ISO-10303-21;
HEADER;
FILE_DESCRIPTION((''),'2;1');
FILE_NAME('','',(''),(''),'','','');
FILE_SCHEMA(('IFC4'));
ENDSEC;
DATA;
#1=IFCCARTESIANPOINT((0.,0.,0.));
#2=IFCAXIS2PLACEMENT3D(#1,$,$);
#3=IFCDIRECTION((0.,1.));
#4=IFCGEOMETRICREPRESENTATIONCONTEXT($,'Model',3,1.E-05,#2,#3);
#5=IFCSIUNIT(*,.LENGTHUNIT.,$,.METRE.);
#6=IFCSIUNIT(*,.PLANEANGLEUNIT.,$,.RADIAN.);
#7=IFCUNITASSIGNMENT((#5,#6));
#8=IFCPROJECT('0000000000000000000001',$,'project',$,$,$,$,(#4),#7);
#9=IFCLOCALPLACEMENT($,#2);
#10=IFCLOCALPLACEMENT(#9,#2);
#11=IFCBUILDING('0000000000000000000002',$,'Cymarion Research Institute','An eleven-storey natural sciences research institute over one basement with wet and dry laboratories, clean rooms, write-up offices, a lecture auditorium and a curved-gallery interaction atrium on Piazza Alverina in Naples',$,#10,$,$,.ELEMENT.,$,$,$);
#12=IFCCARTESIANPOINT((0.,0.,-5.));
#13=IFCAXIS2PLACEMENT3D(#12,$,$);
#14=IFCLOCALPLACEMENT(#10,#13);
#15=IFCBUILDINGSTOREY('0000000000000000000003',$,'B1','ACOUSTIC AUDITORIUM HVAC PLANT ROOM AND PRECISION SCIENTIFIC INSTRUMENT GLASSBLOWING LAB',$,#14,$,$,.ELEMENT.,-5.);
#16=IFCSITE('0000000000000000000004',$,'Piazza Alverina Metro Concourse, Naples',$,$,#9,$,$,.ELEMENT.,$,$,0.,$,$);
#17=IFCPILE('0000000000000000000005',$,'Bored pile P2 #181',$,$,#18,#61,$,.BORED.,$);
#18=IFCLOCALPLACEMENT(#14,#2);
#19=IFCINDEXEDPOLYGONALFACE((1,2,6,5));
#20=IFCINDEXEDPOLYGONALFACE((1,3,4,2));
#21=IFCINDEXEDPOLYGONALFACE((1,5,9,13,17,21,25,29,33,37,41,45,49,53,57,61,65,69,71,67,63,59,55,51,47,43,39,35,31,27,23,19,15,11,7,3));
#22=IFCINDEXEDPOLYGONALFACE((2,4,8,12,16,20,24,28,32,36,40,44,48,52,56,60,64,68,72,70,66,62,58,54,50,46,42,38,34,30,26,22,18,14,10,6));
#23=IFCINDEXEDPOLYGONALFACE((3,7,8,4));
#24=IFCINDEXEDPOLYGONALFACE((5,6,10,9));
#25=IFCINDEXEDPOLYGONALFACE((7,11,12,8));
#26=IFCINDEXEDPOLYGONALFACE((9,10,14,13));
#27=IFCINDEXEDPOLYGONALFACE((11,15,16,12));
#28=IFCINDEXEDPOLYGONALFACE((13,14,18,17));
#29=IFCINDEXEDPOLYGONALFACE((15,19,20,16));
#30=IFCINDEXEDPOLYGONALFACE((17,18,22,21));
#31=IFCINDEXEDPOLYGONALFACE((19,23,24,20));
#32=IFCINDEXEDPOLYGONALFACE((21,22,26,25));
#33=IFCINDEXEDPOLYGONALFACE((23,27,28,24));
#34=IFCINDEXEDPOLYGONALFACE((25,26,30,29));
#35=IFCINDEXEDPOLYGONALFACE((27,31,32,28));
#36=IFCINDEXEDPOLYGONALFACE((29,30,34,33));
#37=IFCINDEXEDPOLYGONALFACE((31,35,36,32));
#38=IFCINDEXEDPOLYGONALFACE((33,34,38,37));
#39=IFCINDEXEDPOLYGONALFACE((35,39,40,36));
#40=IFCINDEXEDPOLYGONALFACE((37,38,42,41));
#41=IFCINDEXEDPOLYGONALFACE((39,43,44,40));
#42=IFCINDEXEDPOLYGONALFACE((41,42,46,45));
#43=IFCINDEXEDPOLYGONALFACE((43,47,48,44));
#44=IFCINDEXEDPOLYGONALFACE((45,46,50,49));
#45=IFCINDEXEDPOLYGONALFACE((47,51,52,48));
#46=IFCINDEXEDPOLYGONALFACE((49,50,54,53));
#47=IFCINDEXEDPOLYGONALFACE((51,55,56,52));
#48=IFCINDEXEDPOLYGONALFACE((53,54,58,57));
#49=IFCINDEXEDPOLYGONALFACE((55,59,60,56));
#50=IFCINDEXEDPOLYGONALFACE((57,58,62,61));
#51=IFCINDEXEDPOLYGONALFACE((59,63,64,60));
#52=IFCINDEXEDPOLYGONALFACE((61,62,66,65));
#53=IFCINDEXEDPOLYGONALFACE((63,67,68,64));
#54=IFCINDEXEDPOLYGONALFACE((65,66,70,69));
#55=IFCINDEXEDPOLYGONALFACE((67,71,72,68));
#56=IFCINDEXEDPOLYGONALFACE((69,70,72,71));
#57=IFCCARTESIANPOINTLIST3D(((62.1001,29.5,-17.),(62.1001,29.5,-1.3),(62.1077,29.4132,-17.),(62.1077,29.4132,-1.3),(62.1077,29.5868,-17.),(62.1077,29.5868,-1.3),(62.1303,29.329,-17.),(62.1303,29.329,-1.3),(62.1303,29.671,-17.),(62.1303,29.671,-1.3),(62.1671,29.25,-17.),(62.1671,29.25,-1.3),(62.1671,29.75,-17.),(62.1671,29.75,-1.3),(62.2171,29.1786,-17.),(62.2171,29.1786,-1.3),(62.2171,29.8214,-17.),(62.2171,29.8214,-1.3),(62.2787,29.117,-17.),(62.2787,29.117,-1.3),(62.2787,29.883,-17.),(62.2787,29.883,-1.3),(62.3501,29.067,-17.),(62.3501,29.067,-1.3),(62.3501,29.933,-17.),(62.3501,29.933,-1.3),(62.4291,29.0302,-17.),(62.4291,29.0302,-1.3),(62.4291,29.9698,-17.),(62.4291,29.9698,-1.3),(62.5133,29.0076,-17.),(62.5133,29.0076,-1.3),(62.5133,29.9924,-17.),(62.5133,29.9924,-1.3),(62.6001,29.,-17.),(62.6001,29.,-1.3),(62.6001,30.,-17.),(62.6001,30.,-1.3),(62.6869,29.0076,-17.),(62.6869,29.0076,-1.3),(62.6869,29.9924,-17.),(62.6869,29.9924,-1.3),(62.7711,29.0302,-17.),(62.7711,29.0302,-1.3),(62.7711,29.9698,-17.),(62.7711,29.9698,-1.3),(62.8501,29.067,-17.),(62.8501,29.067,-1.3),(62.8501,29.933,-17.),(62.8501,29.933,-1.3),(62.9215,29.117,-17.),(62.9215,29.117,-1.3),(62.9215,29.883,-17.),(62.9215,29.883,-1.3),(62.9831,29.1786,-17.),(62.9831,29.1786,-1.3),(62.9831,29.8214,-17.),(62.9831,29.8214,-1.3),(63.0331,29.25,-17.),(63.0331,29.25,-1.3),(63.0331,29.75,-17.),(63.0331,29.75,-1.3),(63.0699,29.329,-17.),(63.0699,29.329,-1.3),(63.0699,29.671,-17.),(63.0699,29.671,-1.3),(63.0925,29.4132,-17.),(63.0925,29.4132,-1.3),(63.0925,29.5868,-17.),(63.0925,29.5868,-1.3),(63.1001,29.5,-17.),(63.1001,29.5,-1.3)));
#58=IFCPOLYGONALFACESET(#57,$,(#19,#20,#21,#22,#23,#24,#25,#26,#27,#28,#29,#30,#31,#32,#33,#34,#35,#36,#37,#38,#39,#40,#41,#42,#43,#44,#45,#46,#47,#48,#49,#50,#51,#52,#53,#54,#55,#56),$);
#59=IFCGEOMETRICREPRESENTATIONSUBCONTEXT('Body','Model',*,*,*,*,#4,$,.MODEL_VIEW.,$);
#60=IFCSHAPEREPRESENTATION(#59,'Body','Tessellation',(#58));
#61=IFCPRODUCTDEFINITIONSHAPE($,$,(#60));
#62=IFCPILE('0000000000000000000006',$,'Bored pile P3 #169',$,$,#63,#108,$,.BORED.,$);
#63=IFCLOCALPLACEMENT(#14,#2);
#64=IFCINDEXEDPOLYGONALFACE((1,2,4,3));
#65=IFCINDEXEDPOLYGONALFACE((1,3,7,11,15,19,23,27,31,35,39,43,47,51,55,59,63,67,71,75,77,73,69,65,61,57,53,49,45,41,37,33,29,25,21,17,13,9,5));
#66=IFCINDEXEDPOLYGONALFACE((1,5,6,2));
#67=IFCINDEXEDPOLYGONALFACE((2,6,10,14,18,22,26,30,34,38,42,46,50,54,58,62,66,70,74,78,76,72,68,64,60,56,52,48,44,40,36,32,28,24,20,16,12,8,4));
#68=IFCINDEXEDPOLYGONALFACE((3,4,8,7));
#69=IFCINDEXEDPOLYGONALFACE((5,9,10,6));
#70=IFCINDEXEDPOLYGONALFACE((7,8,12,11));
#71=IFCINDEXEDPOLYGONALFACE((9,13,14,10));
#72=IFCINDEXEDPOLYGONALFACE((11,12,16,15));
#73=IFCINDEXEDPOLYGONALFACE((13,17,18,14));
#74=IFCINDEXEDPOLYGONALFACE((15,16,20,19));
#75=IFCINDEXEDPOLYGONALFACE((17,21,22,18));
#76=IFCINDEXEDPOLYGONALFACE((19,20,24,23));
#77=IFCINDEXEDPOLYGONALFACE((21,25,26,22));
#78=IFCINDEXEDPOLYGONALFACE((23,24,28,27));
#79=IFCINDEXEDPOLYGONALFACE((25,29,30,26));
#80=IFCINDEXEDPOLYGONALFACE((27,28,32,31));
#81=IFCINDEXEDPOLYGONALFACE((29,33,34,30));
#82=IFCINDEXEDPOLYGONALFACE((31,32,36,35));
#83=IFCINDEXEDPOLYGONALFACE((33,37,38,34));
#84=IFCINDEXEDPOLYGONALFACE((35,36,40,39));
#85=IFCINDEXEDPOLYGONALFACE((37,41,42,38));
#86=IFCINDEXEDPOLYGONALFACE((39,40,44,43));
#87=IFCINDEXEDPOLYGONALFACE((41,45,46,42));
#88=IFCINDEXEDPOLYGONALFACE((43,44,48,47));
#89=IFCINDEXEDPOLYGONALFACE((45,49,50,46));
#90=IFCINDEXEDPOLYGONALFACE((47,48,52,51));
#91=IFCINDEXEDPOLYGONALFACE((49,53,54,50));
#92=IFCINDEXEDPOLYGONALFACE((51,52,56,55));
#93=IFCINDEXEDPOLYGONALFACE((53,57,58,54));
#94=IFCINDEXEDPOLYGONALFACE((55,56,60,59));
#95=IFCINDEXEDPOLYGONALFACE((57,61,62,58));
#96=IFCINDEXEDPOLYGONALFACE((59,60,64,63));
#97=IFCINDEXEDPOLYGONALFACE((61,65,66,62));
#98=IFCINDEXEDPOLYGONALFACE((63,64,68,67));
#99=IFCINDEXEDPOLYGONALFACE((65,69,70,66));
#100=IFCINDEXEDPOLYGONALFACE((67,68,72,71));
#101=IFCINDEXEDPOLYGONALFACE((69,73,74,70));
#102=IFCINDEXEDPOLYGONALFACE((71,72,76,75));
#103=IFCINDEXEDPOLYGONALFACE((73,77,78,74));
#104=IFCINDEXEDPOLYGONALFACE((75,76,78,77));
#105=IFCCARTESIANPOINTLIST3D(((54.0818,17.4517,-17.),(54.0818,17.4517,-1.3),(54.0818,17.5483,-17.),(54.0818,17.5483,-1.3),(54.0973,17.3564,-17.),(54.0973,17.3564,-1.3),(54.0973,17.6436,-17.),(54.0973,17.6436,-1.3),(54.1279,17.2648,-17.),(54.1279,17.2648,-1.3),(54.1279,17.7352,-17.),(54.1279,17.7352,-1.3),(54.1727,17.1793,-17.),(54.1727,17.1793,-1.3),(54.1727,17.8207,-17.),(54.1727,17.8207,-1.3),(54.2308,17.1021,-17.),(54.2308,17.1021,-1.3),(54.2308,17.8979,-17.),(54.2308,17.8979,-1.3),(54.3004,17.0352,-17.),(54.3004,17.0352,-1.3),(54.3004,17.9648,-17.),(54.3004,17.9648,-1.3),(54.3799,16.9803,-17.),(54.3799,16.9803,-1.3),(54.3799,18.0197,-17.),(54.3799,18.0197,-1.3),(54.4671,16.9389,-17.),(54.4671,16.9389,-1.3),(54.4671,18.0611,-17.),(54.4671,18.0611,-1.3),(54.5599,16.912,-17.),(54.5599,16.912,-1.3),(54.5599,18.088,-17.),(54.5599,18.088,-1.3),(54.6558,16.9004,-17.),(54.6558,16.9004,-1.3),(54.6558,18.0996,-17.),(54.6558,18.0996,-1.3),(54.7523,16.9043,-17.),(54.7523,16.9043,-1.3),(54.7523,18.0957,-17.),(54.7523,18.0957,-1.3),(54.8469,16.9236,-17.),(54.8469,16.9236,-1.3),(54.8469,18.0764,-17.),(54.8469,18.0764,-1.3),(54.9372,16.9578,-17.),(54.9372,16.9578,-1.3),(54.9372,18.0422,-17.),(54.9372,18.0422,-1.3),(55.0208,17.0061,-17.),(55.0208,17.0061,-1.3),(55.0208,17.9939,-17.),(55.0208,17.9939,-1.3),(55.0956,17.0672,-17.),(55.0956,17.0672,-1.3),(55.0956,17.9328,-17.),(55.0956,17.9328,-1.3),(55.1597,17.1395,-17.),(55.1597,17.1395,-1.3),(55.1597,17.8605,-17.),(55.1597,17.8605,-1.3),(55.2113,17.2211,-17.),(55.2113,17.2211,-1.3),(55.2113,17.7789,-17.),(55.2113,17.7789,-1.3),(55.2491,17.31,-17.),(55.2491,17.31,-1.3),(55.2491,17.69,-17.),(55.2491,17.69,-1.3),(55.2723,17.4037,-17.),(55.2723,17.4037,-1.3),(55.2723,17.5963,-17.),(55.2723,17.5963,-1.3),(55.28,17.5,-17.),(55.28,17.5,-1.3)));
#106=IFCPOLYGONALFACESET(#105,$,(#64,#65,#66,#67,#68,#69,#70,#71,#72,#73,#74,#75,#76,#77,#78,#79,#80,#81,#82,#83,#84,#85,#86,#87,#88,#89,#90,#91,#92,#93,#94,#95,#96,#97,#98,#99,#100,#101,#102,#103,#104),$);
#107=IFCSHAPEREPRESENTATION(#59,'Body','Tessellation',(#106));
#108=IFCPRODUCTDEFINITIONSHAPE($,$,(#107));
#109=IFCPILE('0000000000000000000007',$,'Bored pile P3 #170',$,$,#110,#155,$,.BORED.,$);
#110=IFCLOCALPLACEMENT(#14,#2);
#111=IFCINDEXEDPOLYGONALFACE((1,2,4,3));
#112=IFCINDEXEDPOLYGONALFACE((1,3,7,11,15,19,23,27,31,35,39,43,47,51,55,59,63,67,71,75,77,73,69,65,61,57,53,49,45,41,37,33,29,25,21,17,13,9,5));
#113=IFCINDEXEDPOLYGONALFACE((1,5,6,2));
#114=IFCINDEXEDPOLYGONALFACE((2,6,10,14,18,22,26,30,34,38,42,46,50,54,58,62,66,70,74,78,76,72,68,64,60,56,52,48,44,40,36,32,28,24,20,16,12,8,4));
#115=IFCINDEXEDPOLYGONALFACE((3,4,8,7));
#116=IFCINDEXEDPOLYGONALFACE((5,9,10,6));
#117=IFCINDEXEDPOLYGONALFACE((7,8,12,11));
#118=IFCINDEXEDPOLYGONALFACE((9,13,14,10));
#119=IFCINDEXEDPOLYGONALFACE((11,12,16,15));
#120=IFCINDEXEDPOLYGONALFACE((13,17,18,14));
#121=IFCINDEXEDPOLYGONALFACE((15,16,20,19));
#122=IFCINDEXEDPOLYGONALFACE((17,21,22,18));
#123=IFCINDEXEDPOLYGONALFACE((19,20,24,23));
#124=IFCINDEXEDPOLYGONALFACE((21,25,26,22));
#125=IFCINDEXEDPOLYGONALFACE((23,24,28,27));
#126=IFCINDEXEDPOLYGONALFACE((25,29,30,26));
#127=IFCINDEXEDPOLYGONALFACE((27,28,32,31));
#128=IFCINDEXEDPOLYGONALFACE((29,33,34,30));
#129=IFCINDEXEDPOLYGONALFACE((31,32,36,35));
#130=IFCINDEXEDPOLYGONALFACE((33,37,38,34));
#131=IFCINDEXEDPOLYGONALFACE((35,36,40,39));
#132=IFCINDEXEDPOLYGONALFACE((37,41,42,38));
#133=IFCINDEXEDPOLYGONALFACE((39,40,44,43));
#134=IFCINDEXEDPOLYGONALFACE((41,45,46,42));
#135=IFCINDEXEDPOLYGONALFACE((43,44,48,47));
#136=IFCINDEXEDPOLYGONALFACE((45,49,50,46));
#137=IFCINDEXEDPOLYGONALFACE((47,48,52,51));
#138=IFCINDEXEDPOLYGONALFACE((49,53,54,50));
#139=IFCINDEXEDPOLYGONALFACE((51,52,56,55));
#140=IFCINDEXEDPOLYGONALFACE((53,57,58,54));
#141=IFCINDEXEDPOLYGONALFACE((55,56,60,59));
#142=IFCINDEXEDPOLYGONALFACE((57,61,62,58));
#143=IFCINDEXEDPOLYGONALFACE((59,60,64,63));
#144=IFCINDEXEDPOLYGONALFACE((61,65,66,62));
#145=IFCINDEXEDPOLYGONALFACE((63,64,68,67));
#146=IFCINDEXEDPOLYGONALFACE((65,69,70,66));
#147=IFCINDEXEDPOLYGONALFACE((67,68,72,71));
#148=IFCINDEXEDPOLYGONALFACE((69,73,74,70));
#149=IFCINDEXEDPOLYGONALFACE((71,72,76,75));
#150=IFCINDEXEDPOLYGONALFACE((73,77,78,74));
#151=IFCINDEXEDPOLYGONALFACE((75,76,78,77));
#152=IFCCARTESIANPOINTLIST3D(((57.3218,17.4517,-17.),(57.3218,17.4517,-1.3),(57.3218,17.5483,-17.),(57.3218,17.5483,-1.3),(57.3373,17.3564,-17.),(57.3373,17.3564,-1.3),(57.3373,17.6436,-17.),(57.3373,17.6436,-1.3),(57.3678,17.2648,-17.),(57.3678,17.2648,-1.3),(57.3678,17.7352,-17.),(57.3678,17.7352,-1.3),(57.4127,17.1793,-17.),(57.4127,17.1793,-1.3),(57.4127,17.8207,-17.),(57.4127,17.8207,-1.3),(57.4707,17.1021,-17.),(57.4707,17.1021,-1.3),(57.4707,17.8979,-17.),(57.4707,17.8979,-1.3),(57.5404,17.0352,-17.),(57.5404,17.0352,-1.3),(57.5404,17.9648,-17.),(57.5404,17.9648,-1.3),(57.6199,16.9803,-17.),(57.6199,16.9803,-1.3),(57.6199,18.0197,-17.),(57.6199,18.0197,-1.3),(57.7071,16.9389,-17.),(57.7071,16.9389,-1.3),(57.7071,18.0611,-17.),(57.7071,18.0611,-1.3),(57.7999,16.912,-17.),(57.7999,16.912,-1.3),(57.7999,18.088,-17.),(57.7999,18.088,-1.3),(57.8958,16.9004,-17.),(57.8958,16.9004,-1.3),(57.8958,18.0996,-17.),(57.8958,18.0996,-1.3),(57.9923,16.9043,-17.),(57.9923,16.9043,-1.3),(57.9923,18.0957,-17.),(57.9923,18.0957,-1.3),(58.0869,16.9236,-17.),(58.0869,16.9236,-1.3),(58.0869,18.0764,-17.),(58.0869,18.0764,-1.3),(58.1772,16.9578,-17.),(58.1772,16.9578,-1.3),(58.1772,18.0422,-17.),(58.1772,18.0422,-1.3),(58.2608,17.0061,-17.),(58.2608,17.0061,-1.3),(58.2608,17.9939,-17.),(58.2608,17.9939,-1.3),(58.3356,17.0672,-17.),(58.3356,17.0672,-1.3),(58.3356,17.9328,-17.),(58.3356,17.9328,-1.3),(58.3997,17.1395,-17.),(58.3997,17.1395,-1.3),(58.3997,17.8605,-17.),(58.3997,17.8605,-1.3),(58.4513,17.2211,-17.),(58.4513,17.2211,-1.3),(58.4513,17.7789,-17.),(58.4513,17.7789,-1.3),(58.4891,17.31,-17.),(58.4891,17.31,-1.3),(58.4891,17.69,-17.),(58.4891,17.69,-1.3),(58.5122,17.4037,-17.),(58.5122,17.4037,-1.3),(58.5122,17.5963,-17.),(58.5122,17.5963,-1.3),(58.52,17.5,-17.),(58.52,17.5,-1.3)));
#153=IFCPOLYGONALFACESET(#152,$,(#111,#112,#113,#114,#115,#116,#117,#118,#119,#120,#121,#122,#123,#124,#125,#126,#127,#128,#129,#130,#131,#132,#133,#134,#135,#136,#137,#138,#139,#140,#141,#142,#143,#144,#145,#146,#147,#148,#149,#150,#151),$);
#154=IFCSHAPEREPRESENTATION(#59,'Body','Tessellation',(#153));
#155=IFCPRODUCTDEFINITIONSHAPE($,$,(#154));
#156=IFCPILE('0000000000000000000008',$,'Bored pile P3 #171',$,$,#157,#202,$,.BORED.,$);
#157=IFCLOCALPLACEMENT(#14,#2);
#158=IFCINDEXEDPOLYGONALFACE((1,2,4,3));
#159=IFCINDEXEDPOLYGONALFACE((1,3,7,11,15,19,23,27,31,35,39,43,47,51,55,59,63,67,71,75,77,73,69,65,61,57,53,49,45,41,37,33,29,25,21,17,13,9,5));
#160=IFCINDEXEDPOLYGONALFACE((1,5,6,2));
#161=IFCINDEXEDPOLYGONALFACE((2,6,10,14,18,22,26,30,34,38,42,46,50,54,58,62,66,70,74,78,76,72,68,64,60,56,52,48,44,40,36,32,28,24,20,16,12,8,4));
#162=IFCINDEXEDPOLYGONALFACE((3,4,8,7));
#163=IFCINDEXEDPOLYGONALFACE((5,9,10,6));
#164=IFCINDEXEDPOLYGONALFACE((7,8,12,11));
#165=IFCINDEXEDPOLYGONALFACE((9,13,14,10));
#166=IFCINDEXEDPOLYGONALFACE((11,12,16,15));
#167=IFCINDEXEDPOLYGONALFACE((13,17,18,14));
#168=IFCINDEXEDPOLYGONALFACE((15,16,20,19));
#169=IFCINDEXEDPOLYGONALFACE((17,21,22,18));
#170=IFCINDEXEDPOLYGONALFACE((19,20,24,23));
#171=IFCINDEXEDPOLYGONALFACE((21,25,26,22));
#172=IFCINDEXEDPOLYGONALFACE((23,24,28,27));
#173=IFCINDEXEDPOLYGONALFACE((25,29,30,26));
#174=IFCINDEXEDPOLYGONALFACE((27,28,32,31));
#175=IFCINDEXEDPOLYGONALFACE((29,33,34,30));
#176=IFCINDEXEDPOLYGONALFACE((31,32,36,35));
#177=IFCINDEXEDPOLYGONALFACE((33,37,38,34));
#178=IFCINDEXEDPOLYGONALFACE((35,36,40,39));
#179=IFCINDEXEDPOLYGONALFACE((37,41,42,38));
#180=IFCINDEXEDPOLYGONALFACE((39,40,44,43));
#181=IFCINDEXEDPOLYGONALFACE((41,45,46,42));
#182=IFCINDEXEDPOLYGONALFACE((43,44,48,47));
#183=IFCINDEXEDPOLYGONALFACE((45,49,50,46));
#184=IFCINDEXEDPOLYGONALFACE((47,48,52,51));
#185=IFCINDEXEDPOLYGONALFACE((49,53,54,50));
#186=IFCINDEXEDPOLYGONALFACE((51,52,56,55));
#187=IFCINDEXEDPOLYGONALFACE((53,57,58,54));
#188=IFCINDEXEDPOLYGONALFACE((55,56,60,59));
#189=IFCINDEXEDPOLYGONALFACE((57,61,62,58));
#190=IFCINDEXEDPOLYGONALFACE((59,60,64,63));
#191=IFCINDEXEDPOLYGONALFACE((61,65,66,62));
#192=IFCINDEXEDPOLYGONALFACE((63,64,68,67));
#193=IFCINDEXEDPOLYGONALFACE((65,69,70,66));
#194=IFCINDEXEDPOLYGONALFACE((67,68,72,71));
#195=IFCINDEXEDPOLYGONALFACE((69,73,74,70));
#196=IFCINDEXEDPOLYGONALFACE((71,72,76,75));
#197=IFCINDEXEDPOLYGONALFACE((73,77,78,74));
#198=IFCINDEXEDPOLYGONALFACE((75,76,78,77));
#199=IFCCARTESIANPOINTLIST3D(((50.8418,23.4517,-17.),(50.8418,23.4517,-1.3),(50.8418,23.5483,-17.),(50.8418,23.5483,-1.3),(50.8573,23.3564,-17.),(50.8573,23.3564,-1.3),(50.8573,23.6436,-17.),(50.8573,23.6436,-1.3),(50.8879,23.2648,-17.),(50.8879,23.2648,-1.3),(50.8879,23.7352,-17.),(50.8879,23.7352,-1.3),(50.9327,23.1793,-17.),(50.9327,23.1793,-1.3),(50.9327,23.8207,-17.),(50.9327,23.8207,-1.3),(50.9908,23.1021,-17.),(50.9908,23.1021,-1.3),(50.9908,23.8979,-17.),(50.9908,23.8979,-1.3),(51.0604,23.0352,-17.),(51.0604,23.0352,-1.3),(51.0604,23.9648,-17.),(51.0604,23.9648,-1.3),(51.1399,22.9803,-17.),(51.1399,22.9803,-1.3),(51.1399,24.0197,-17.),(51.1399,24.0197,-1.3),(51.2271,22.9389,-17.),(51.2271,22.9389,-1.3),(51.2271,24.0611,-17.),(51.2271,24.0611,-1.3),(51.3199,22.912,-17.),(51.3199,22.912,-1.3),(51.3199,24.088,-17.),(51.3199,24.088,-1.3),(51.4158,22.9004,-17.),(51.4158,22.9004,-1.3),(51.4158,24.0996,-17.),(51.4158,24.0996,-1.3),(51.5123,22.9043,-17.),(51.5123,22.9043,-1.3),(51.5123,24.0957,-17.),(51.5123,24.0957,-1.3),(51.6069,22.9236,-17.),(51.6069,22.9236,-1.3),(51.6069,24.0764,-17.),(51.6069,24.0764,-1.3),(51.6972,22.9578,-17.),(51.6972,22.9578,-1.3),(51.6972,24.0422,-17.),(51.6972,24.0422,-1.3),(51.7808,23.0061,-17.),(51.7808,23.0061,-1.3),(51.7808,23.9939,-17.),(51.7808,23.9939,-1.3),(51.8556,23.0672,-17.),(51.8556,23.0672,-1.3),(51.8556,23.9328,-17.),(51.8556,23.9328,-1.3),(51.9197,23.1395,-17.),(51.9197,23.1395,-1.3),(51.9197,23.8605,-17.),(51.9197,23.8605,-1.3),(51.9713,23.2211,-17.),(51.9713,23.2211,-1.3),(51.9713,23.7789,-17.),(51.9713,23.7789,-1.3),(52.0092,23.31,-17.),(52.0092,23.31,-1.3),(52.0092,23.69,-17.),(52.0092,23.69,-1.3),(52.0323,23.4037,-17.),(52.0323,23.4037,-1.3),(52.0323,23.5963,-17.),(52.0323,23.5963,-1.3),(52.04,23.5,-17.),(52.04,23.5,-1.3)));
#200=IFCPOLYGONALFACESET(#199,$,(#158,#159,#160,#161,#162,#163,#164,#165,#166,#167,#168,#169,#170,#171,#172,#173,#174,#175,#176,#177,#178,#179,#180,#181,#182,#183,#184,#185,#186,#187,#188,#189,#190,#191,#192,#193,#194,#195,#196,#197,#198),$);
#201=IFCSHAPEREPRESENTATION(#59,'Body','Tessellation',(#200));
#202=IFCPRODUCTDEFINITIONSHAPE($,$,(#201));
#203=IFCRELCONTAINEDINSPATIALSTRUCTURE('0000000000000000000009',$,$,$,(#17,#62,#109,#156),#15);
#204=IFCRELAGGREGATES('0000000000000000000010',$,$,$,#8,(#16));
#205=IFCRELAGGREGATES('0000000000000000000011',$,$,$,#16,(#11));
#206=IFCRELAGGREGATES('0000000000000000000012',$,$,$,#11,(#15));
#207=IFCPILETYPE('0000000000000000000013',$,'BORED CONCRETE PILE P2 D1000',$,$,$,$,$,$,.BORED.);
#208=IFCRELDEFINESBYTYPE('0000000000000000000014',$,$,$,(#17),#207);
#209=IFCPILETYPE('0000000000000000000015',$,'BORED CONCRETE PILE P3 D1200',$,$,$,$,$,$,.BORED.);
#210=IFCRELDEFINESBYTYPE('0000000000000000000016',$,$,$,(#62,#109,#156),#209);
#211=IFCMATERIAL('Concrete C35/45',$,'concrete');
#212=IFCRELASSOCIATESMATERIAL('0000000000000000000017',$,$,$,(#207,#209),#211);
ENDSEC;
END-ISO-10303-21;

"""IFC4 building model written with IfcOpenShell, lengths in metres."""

from ifc_helpers import new_model, si_unit, direction, frame, origin, origin_2d, place, context, subcontext, project, spatial, circle, extrude, material, material_profile, profile_set, type_object, element, save


model = new_model("IFC4")

# Units and contexts
model_context = context("Model", 3, precision=1e-05, world=origin(), true_north=direction((0.0, 1.0)))
body_context = subcontext(model_context, "Body", "Model", "MODEL_VIEW")
ifc_project = project(units=[si_unit("LENGTHUNIT", "METRE"), si_unit("PLANEANGLEUNIT", "RADIAN")], contexts=[model_context])

# Site, building, storey
site_placement = place(None, origin())
site = spatial("IfcSite", under=ifc_project, at=site_placement, Name="Piazza Alverina Metro Concourse, Naples", CompositionType="ELEMENT", RefElevation=0.0)
building_placement = place(site_placement, origin())
building = spatial("IfcBuilding", under=site, at=building_placement, Name="Cymarion Research Institute", Description="An eleven-storey natural sciences research institute over one basement with wet and dry laboratories, clean rooms, write-up offices, a lecture auditorium and a curved-gallery interaction atrium on Piazza Alverina in Naples", CompositionType="ELEMENT")
storey_placement = place(building_placement, frame((0.0, 0.0, -5.0)))
storey = spatial("IfcBuildingStorey", under=building, at=storey_placement, Name="B1", Description="ACOUSTIC AUDITORIUM HVAC PLANT ROOM AND PRECISION SCIENTIFIC INSTRUMENT GLASSBLOWING LAB", CompositionType="ELEMENT", Elevation=-5.0)

# Piles
ifc_material_1 = material(Name="Concrete C35/45", Category="concrete")
ifc_material_profile_1 = material_profile(ifc_material_1, circle(Radius=0.5, at=origin_2d()), Name="BORED PILE D1000")
ifc_profile_set_1 = profile_set([ifc_material_profile_1], Name="Concrete C35/45")
pile_type_1 = type_object("IfcPileType", Name="BORED CONCRETE PILE P2 D1000", PredefinedType="BORED", material=ifc_profile_set_1)
for number, where, z_axis, x_axis, name in (
    (1, (62.6001, 29.5, -1.3), (0.0, 0.0, -1.0), (1.0, 0.0, 0.0), "Bored pile P2 #181"),
):
    element("IfcPile", number, at=place(storey_placement, frame(where, z_axis=z_axis, x_axis=x_axis)), inside=storey, type_object=pile_type_1, Name=name, PredefinedType="BORED", context=body_context, shape_type="SweptSolid", body=[
        extrude(circle(Radius=0.5, at=origin_2d()), origin(), (0.0, 0.0, 1.0), 15.7),
    ])
ifc_material_profile_2 = material_profile(ifc_material_1, circle(Radius=0.6001, at=origin_2d()), Name="BORED PILE D1200")
ifc_profile_set_2 = profile_set([ifc_material_profile_2], Name="Concrete C35/45")
pile_type_2 = type_object("IfcPileType", Name="BORED CONCRETE PILE P3 D1200", PredefinedType="BORED", material=ifc_profile_set_2)
for number, where, z_axis, x_axis, name in (
    (2, (54.6799, 17.5, -1.3), (0.0, 0.0, -1.0), (1.0, 0.0, 0.0), "Bored pile P3 #169"),
    (3, (57.9199, 17.5, -1.3), (0.0, 0.0, -1.0), (1.0, 0.0, 0.0), "Bored pile P3 #170"),
    (4, (51.4399, 23.5, -1.3), (0.0, 0.0, -1.0), (1.0, 0.0, 0.0), "Bored pile P3 #171"),
):
    element("IfcPile", number, at=place(storey_placement, frame(where, z_axis=z_axis, x_axis=x_axis)), inside=storey, type_object=pile_type_2, Name=name, PredefinedType="BORED", context=body_context, shape_type="SweptSolid", body=[
        extrude(circle(Radius=0.6001, at=origin_2d()), origin(), (0.0, 0.0, 1.0), 15.7),
    ])

save(model, "model.ifc")
